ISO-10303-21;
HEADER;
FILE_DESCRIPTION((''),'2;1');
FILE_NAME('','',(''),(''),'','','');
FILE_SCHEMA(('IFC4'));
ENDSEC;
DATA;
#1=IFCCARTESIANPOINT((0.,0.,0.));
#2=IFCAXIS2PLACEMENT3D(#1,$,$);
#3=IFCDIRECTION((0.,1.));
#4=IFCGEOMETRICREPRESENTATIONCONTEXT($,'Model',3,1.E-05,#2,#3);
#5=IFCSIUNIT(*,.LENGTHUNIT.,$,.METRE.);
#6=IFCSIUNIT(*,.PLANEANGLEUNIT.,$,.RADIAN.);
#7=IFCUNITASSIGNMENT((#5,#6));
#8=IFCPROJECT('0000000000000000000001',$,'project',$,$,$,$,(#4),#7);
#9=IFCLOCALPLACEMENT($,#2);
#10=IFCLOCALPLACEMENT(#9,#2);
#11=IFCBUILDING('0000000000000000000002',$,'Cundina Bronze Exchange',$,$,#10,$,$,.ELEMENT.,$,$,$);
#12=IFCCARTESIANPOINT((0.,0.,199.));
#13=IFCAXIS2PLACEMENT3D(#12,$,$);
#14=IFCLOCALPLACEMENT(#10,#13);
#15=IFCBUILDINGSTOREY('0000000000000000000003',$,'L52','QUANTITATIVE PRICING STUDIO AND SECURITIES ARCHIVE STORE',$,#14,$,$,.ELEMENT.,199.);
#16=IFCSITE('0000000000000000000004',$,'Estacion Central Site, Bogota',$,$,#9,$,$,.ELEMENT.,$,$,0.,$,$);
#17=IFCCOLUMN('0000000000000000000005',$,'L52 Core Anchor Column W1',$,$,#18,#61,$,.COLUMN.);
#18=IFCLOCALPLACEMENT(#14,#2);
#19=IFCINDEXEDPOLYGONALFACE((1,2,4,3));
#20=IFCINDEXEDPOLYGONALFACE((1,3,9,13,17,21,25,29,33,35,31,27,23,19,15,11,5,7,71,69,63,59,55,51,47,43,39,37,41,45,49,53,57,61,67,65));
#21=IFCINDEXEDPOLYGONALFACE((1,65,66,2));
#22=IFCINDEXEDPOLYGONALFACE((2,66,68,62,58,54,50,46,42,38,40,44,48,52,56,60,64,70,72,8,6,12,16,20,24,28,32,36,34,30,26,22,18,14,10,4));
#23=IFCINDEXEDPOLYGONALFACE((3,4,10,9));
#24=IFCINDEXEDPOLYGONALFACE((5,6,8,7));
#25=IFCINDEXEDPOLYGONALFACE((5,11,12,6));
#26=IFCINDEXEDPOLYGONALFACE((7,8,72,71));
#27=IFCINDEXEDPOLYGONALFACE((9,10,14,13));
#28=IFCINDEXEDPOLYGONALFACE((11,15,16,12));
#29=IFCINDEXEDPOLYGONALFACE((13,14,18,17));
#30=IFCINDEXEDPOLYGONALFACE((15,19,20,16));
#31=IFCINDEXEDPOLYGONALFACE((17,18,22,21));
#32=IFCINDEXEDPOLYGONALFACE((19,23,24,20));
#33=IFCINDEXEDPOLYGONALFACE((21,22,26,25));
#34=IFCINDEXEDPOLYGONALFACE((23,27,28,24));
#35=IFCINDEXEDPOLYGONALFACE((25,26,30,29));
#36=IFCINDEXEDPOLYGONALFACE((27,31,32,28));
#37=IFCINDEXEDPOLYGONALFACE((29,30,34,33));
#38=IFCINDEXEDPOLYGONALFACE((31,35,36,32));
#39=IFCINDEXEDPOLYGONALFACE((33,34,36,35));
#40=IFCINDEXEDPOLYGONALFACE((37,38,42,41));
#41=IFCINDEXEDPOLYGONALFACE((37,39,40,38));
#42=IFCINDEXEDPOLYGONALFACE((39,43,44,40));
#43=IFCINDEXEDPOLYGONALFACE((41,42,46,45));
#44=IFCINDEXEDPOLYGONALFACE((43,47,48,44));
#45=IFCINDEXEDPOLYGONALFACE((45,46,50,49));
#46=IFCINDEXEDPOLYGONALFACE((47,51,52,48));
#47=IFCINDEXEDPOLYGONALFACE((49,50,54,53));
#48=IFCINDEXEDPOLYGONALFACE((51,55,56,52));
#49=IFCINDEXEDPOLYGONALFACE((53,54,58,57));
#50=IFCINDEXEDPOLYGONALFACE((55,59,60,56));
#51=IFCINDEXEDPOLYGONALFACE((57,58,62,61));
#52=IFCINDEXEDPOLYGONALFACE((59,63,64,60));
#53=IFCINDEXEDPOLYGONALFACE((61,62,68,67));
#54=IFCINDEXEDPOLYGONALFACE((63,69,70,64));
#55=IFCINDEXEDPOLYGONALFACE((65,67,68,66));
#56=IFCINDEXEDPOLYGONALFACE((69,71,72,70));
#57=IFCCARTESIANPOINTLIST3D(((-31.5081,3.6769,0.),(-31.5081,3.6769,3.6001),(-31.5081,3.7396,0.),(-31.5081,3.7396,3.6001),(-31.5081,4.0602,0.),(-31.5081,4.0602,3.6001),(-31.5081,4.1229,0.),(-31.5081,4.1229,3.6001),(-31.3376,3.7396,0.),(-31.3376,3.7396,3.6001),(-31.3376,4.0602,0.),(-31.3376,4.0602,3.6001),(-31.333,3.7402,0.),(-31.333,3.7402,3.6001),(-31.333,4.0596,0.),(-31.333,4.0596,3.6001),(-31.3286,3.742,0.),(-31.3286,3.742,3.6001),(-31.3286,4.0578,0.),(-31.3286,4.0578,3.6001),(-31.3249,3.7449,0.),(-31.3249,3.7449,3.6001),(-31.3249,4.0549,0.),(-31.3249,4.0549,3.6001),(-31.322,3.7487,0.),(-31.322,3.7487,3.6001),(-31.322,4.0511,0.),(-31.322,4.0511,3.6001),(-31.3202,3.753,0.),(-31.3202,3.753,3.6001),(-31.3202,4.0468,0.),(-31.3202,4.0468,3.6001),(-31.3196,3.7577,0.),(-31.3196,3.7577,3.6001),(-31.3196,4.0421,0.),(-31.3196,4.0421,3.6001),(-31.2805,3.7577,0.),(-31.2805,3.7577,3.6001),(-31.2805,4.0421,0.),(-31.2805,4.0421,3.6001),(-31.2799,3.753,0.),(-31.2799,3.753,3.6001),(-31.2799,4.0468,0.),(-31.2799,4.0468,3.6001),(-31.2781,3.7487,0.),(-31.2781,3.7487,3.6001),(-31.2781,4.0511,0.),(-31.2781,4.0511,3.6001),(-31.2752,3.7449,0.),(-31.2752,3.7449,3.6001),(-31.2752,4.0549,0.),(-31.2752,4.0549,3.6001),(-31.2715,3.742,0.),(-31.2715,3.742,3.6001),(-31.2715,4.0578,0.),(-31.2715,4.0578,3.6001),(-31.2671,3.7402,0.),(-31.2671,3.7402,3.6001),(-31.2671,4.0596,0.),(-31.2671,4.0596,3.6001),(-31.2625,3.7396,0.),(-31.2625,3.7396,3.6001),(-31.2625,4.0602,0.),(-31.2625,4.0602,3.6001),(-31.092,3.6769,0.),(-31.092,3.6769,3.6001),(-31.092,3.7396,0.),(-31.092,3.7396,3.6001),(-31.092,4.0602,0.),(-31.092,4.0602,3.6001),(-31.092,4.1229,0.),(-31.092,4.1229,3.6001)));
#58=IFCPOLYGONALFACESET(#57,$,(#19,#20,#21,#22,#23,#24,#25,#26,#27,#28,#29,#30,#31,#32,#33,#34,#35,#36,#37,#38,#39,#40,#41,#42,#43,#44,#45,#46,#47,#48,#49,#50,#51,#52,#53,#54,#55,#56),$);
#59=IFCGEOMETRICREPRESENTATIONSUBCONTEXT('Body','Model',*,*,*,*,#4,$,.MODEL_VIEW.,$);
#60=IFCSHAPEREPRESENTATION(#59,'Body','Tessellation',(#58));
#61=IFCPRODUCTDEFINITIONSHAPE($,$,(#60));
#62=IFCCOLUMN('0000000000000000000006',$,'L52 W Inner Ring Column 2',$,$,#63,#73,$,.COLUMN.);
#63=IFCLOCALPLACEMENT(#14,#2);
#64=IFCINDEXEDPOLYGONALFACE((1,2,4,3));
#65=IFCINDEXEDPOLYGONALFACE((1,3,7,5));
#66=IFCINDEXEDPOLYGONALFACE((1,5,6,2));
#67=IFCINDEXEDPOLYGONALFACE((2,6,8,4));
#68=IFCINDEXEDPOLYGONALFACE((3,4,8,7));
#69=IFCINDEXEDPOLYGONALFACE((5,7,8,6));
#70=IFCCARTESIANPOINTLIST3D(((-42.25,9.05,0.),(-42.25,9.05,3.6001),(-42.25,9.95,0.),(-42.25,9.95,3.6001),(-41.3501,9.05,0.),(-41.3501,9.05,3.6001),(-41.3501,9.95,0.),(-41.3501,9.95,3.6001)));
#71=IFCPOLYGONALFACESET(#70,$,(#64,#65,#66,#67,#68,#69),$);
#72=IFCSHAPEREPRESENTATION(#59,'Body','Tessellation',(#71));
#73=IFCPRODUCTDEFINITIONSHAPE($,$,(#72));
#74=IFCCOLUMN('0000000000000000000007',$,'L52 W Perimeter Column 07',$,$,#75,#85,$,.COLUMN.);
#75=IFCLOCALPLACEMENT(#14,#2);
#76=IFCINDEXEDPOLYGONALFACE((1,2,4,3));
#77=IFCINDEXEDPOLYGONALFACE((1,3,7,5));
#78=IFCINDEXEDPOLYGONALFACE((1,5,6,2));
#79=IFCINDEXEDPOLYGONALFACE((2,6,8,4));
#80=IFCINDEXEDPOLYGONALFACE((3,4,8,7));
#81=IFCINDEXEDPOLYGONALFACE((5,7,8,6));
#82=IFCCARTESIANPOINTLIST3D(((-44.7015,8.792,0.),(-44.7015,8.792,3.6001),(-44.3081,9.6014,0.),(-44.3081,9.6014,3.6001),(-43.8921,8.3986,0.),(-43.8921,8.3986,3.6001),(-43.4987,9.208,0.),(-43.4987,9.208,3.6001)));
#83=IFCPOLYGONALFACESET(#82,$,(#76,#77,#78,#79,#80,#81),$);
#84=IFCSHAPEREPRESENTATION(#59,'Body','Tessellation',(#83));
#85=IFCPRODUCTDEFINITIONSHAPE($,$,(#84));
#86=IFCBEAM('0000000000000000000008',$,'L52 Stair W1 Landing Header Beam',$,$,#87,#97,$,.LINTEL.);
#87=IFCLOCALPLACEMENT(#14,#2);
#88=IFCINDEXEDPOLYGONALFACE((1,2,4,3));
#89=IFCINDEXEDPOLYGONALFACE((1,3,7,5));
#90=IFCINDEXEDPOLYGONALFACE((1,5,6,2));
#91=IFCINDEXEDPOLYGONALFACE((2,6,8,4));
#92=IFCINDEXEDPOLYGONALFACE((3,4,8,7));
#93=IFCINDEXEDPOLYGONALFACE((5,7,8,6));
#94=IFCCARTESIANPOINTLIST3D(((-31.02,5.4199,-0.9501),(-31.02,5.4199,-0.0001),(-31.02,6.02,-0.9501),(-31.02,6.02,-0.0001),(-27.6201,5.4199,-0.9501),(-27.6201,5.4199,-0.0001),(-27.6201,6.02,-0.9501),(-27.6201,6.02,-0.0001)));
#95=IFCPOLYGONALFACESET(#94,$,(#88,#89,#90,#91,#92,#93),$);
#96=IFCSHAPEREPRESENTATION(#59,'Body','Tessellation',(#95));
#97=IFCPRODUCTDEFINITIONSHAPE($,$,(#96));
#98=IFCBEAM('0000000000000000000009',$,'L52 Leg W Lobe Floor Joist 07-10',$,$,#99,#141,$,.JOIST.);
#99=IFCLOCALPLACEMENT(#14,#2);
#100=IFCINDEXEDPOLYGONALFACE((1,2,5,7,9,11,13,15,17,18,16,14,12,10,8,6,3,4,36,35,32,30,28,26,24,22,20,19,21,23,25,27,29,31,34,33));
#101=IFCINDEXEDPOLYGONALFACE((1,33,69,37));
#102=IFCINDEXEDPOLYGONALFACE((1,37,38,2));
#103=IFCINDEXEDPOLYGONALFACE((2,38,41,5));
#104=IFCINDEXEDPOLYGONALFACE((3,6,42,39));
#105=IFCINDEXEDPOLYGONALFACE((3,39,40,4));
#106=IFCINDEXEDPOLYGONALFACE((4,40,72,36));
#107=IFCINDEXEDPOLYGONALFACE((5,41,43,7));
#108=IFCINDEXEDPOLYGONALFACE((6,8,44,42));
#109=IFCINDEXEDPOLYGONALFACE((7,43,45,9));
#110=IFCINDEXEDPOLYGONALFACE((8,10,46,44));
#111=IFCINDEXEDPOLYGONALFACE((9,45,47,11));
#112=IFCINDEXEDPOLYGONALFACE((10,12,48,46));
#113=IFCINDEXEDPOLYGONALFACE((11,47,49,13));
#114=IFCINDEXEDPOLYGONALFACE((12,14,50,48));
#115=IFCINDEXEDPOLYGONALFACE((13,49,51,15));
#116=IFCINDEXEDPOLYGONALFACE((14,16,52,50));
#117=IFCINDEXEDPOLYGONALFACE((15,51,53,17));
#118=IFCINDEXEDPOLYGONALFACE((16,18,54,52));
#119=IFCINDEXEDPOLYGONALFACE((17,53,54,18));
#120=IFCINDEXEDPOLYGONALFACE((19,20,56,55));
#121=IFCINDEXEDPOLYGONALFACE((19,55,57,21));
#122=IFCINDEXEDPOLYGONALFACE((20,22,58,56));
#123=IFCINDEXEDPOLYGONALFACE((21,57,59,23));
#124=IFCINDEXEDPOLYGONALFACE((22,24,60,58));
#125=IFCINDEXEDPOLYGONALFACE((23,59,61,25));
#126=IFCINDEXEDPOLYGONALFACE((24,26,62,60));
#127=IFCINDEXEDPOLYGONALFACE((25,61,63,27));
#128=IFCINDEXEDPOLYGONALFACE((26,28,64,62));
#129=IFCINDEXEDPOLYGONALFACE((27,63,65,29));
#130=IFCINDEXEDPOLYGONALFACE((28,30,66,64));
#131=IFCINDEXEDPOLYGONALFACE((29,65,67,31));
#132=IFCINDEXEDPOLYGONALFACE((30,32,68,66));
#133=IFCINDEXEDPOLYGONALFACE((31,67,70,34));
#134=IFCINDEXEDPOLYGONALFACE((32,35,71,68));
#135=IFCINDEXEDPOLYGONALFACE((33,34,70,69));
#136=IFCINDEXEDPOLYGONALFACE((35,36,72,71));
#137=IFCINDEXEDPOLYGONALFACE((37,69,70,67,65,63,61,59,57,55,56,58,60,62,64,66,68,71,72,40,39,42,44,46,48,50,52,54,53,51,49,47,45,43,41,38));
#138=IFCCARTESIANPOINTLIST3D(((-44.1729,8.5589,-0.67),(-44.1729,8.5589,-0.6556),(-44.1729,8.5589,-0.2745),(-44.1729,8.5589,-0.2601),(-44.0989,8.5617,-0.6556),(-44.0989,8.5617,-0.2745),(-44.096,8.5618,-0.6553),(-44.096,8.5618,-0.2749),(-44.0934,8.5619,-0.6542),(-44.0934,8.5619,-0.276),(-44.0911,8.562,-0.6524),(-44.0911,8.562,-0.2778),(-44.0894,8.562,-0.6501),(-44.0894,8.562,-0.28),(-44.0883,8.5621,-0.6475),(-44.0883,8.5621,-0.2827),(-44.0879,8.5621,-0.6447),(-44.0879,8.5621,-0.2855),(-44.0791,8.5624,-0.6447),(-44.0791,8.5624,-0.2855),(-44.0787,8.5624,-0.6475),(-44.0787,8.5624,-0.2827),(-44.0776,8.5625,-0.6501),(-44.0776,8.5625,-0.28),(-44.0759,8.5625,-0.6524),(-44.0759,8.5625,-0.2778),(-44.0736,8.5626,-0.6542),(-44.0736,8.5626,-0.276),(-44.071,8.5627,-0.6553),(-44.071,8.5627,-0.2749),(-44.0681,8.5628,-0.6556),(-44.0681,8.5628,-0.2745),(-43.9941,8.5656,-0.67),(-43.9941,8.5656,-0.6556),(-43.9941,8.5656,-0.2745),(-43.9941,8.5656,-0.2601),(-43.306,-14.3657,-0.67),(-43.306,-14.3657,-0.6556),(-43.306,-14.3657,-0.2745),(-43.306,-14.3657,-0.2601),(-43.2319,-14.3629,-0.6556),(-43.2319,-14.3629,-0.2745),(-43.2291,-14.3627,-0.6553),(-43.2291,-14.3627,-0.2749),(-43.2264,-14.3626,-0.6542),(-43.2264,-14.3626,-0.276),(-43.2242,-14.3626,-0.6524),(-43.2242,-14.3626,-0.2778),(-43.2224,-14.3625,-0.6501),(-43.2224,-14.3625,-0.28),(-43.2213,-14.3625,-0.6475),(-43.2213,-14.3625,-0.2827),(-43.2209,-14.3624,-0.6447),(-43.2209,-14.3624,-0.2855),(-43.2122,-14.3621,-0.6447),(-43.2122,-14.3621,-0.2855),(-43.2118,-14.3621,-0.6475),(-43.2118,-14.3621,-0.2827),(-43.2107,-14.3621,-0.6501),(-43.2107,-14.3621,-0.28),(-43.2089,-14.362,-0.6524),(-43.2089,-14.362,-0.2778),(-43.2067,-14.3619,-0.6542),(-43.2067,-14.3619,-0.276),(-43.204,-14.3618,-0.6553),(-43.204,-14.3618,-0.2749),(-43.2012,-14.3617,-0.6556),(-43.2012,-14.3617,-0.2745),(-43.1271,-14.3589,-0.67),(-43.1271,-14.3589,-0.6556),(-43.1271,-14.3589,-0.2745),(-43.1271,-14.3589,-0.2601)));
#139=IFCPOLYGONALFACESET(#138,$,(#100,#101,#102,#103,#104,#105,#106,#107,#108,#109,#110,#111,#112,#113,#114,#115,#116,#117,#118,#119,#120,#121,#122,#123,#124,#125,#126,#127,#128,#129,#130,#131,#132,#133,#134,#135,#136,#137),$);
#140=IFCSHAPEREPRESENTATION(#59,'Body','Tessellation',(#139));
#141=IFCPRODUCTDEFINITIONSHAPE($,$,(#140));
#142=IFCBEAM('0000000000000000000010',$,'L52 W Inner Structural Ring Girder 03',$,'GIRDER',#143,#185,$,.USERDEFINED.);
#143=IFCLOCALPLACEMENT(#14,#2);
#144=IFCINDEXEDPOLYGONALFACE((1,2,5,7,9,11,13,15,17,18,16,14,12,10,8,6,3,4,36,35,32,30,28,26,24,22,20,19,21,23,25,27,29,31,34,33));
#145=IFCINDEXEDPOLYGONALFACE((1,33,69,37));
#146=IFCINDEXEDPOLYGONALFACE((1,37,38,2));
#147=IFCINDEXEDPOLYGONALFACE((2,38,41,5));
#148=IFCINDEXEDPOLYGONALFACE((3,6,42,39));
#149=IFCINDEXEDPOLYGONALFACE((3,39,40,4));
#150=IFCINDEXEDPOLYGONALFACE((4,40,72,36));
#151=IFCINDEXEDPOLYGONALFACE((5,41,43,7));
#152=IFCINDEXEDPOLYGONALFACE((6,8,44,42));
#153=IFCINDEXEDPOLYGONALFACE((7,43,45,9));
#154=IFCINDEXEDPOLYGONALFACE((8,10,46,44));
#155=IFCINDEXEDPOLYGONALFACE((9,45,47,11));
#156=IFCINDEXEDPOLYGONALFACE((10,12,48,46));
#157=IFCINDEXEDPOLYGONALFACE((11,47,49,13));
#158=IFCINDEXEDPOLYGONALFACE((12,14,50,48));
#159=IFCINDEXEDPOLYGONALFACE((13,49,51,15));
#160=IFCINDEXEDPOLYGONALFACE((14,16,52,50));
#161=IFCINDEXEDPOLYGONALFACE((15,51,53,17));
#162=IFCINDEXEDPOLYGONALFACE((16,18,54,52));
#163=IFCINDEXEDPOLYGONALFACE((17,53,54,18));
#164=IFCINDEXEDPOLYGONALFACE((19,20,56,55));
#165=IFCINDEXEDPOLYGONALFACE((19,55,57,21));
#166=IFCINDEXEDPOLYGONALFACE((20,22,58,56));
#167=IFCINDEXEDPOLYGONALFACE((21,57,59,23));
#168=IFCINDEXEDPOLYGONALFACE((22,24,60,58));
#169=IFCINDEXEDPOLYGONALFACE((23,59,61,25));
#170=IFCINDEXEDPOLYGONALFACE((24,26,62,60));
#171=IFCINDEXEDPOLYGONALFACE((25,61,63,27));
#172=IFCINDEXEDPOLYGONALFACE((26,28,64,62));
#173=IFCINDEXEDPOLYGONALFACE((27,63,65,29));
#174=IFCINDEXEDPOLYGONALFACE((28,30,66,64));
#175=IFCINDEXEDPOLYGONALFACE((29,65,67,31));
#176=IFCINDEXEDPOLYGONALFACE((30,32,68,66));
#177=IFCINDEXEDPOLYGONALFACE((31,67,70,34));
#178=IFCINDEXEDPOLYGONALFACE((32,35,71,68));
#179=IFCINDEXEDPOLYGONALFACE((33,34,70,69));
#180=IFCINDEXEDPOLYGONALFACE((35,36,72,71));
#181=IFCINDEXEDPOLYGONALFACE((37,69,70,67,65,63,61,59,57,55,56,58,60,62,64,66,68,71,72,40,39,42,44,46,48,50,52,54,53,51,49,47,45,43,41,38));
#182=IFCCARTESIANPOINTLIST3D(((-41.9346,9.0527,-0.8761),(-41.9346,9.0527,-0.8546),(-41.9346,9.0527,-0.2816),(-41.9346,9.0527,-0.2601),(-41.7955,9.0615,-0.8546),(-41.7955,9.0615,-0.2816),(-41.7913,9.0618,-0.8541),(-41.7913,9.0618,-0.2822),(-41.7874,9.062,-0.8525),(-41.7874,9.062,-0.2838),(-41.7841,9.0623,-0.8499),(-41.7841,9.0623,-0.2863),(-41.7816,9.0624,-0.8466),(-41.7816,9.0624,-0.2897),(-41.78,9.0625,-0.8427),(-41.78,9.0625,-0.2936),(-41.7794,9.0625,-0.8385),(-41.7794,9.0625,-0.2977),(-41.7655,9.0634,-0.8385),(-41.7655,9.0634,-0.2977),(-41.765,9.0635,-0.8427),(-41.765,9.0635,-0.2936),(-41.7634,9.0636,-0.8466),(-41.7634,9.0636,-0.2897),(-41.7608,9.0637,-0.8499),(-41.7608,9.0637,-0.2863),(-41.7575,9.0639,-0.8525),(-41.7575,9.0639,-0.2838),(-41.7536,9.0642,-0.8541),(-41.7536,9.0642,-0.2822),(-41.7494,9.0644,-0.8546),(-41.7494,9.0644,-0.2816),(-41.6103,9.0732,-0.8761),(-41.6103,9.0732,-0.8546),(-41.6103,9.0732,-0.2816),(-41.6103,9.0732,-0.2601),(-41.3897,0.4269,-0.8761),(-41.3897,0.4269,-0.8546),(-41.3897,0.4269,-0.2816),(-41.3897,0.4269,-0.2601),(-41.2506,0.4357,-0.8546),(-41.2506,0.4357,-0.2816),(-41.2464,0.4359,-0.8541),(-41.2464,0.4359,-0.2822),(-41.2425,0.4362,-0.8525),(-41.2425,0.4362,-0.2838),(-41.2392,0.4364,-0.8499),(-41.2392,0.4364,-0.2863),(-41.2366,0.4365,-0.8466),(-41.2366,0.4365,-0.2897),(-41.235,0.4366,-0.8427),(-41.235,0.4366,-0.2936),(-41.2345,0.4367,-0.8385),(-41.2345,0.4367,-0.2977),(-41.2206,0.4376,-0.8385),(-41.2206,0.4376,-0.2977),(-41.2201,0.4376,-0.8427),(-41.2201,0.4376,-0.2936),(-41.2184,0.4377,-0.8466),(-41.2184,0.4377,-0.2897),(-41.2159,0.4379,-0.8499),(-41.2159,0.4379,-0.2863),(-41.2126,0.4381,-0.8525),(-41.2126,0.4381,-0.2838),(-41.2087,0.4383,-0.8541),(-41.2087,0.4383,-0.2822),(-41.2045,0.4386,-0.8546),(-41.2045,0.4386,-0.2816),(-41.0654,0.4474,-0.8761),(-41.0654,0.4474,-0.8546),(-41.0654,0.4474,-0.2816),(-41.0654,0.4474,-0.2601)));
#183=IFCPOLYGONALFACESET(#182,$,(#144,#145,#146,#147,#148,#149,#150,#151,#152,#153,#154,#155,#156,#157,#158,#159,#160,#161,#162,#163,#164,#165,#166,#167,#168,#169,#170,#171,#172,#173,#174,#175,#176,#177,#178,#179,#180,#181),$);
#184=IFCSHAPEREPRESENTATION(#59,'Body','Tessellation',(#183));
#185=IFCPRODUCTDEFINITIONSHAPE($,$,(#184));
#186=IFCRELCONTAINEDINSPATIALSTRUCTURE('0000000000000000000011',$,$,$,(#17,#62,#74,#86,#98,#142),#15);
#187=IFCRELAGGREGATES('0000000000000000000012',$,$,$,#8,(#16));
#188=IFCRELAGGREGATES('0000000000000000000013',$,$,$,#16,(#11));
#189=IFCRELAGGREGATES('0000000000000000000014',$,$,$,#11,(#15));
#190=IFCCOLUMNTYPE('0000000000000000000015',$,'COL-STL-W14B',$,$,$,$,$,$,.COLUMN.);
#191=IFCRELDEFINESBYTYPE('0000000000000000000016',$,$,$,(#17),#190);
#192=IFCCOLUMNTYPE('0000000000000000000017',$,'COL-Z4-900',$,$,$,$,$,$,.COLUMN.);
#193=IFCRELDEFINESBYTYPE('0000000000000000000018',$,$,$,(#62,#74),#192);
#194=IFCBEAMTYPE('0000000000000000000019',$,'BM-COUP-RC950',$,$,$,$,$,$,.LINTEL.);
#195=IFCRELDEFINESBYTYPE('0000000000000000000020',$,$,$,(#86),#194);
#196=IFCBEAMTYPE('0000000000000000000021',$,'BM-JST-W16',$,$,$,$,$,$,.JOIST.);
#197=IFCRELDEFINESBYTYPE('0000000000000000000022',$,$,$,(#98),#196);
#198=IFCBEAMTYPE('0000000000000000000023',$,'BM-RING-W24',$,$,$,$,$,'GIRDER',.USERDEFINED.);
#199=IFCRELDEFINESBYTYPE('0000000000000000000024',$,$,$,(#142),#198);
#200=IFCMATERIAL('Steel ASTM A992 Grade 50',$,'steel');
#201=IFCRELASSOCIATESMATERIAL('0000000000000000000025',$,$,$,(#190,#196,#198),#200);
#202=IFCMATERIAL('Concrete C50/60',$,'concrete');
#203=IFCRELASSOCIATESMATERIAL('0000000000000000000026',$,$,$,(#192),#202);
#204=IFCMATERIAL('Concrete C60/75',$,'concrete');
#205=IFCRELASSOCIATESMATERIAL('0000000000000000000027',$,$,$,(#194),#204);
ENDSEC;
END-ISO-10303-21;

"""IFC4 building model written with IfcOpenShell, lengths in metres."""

from ifc_helpers import new_model, si_unit, direction, frame, origin, origin_2d, place, context, subcontext, project, spatial, rectangle, i_section, extrude, material, material_profile, profile_set, type_object, element, save


model = new_model("IFC4")

# Units and contexts
model_context = context("Model", 3, precision=1e-05, world=origin(), true_north=direction((0.0, 1.0)))
body_context = subcontext(model_context, "Body", "Model", "MODEL_VIEW")
ifc_project = project(units=[si_unit("LENGTHUNIT", "METRE"), si_unit("PLANEANGLEUNIT", "RADIAN")], contexts=[model_context])

# Site, building, storey
site_placement = place(None, origin())
site = spatial("IfcSite", under=ifc_project, at=site_placement, Name="Estacion Central Site, Bogota", CompositionType="ELEMENT", RefElevation=0.0)
building_placement = place(site_placement, origin())
building = spatial("IfcBuilding", under=site, at=building_placement, Name="Cundina Bronze Exchange", CompositionType="ELEMENT")
storey_placement = place(building_placement, frame((0.0, 0.0, 199.0)))
storey = spatial("IfcBuildingStorey", under=building, at=storey_placement, Name="L52", Description="QUANTITATIVE PRICING STUDIO AND SECURITIES ARCHIVE STORE", CompositionType="ELEMENT", Elevation=199.0)

# Columns
ifc_material_1 = material(Name="Steel ASTM A992 Grade 50", Category="steel")
ifc_material_profile_1 = material_profile(ifc_material_1, i_section(OverallWidth=0.416, OverallDepth=0.446, WebThickness=0.0391, FlangeThickness=0.0627, FilletRadius=0.0181, at=origin_2d()), Name="W14X342", Category="steel")
ifc_profile_set_1 = profile_set([ifc_material_profile_1], Name="Steel ASTM A992 Grade 50")
column_type_1 = type_object("IfcColumnType", Name="COL-STL-W14B", PredefinedType="COLUMN", material=ifc_profile_set_1)
column_placement = place(storey_placement, frame((-31.3, 3.8999, 0.0), z_axis=(0.0, 0.0, 1.0), x_axis=(1.0, 0.0, 0.0)))
element("IfcColumn", 1, at=column_placement, inside=storey, type_object=column_type_1, Name="L52 Core Anchor Column W1", PredefinedType="COLUMN", context=body_context, shape_type="SweptSolid", body=[
    extrude(i_section(OverallWidth=0.416, OverallDepth=0.446, WebThickness=0.0391, FlangeThickness=0.0627, FilletRadius=0.0181, at=origin_2d()), origin(), (0.0, 0.0, 1.0), 3.6001),
])
ifc_material_2 = material(Name="Concrete C50/60", Category="concrete")
ifc_material_profile_2 = material_profile(ifc_material_2, rectangle(XDim=0.8999, YDim=0.8999, at=origin_2d()), Name="RC900X900", Category="concrete")
ifc_profile_set_2 = profile_set([ifc_material_profile_2], Name="Concrete C50/60")
column_type_2 = type_object("IfcColumnType", Name="COL-Z4-900", PredefinedType="COLUMN", material=ifc_profile_set_2)
for number, where, z_axis, x_axis, name in (
    (2, (-41.8, 9.5, 0.0), (0.0, 0.0, 1.0), (1.0, 0.0, 0.0), "L52 W Inner Ring Column 2"),
    (3, (-44.1001, 9.0, 0.0), (0.0, 0.0, 1.0), (-0.437116, -0.899405, 0.0), "L52 W Perimeter Column 07"),
):
    element("IfcColumn", number, at=place(storey_placement, frame(where, z_axis=z_axis, x_axis=x_axis)), inside=storey, type_object=column_type_2, Name=name, PredefinedType="COLUMN", context=body_context, shape_type="SweptSolid", body=[
        extrude(rectangle(XDim=0.8999, YDim=0.8999, at=origin_2d()), origin(), (0.0, 0.0, 1.0), 3.6001),
    ])

# Beams
ifc_material_3 = material(Name="Concrete C60/75", Category="concrete")
ifc_material_profile_3 = material_profile(ifc_material_3, rectangle(XDim=0.6001, YDim=0.95, at=origin_2d()), Name="RC600X950", Category="concrete")
ifc_profile_set_3 = profile_set([ifc_material_profile_3], Name="Concrete C60/75")
beam_type_1 = type_object("IfcBeamType", Name="BM-COUP-RC950", PredefinedType="LINTEL", material=ifc_profile_set_3)
beam_1_placement = place(storey_placement, frame((-31.02, 5.72, -0.4751), z_axis=(1.0, 0.0, 0.0), x_axis=(0.0, 1.0, 0.0)))
element("IfcBeam", 4, at=beam_1_placement, inside=storey, type_object=beam_type_1, Name="L52 Stair W1 Landing Header Beam", PredefinedType="LINTEL", context=body_context, shape_type="SweptSolid", body=[
    extrude(rectangle(XDim=0.6001, YDim=0.95, at=origin_2d()), origin(), (0.0, 0.0, 1.0), 3.3999),
])
ifc_material_profile_4 = material_profile(ifc_material_1, i_section(OverallWidth=0.179, OverallDepth=0.4099, WebThickness=0.0088, FlangeThickness=0.0144, FilletRadius=0.011, at=origin_2d()), Name="W16X45", Category="steel")
ifc_profile_set_4 = profile_set([ifc_material_profile_4], Name="Steel ASTM A992 Grade 50")
beam_type_2 = type_object("IfcBeamType", Name="BM-JST-W16", PredefinedType="JOIST", material=ifc_profile_set_4)
beam_2_placement = place(storey_placement, frame((-44.0835, 8.5623, -0.4651), z_axis=(0.03779, -0.999286, 0.0), x_axis=(0.999286, 0.03779, 0.0)))
element("IfcBeam", 5, at=beam_2_placement, inside=storey, type_object=beam_type_2, Name="L52 Leg W Lobe Floor Joist 07-10", PredefinedType="JOIST", context=body_context, shape_type="SweptSolid", body=[
    extrude(i_section(OverallWidth=0.179, OverallDepth=0.4099, WebThickness=0.0088, FlangeThickness=0.0144, FilletRadius=0.011, at=origin_2d()), origin(), (0.0, 0.0, 1.0), 22.9409),
])
ifc_material_profile_5 = material_profile(ifc_material_1, i_section(OverallWidth=0.325, OverallDepth=0.616, WebThickness=0.0139, FlangeThickness=0.0215, FilletRadius=0.0161, at=origin_2d()), Name="W24X117", Category="steel")
ifc_profile_set_5 = profile_set([ifc_material_profile_5], Name="Steel ASTM A992 Grade 50")
beam_type_3 = type_object("IfcBeamType", Name="BM-RING-W24", ElementType="GIRDER", PredefinedType="USERDEFINED", material=ifc_profile_set_5)
beam_3_placement = place(storey_placement, frame((-41.7725, 9.063, -0.5681), z_axis=(0.063047, -0.998011, 0.0), x_axis=(0.998011, 0.063047, 0.0)))
element("IfcBeam", 6, at=beam_3_placement, inside=storey, type_object=beam_type_3, Name="L52 W Inner Structural Ring Girder 03", ObjectType="GIRDER", PredefinedType="USERDEFINED", context=body_context, shape_type="SweptSolid", body=[
    extrude(i_section(OverallWidth=0.325, OverallDepth=0.616, WebThickness=0.0139, FlangeThickness=0.0215, FilletRadius=0.0161, at=origin_2d()), origin(), (0.0, 0.0, 1.0), 8.6431),
])

save(model, "model.ifc")
